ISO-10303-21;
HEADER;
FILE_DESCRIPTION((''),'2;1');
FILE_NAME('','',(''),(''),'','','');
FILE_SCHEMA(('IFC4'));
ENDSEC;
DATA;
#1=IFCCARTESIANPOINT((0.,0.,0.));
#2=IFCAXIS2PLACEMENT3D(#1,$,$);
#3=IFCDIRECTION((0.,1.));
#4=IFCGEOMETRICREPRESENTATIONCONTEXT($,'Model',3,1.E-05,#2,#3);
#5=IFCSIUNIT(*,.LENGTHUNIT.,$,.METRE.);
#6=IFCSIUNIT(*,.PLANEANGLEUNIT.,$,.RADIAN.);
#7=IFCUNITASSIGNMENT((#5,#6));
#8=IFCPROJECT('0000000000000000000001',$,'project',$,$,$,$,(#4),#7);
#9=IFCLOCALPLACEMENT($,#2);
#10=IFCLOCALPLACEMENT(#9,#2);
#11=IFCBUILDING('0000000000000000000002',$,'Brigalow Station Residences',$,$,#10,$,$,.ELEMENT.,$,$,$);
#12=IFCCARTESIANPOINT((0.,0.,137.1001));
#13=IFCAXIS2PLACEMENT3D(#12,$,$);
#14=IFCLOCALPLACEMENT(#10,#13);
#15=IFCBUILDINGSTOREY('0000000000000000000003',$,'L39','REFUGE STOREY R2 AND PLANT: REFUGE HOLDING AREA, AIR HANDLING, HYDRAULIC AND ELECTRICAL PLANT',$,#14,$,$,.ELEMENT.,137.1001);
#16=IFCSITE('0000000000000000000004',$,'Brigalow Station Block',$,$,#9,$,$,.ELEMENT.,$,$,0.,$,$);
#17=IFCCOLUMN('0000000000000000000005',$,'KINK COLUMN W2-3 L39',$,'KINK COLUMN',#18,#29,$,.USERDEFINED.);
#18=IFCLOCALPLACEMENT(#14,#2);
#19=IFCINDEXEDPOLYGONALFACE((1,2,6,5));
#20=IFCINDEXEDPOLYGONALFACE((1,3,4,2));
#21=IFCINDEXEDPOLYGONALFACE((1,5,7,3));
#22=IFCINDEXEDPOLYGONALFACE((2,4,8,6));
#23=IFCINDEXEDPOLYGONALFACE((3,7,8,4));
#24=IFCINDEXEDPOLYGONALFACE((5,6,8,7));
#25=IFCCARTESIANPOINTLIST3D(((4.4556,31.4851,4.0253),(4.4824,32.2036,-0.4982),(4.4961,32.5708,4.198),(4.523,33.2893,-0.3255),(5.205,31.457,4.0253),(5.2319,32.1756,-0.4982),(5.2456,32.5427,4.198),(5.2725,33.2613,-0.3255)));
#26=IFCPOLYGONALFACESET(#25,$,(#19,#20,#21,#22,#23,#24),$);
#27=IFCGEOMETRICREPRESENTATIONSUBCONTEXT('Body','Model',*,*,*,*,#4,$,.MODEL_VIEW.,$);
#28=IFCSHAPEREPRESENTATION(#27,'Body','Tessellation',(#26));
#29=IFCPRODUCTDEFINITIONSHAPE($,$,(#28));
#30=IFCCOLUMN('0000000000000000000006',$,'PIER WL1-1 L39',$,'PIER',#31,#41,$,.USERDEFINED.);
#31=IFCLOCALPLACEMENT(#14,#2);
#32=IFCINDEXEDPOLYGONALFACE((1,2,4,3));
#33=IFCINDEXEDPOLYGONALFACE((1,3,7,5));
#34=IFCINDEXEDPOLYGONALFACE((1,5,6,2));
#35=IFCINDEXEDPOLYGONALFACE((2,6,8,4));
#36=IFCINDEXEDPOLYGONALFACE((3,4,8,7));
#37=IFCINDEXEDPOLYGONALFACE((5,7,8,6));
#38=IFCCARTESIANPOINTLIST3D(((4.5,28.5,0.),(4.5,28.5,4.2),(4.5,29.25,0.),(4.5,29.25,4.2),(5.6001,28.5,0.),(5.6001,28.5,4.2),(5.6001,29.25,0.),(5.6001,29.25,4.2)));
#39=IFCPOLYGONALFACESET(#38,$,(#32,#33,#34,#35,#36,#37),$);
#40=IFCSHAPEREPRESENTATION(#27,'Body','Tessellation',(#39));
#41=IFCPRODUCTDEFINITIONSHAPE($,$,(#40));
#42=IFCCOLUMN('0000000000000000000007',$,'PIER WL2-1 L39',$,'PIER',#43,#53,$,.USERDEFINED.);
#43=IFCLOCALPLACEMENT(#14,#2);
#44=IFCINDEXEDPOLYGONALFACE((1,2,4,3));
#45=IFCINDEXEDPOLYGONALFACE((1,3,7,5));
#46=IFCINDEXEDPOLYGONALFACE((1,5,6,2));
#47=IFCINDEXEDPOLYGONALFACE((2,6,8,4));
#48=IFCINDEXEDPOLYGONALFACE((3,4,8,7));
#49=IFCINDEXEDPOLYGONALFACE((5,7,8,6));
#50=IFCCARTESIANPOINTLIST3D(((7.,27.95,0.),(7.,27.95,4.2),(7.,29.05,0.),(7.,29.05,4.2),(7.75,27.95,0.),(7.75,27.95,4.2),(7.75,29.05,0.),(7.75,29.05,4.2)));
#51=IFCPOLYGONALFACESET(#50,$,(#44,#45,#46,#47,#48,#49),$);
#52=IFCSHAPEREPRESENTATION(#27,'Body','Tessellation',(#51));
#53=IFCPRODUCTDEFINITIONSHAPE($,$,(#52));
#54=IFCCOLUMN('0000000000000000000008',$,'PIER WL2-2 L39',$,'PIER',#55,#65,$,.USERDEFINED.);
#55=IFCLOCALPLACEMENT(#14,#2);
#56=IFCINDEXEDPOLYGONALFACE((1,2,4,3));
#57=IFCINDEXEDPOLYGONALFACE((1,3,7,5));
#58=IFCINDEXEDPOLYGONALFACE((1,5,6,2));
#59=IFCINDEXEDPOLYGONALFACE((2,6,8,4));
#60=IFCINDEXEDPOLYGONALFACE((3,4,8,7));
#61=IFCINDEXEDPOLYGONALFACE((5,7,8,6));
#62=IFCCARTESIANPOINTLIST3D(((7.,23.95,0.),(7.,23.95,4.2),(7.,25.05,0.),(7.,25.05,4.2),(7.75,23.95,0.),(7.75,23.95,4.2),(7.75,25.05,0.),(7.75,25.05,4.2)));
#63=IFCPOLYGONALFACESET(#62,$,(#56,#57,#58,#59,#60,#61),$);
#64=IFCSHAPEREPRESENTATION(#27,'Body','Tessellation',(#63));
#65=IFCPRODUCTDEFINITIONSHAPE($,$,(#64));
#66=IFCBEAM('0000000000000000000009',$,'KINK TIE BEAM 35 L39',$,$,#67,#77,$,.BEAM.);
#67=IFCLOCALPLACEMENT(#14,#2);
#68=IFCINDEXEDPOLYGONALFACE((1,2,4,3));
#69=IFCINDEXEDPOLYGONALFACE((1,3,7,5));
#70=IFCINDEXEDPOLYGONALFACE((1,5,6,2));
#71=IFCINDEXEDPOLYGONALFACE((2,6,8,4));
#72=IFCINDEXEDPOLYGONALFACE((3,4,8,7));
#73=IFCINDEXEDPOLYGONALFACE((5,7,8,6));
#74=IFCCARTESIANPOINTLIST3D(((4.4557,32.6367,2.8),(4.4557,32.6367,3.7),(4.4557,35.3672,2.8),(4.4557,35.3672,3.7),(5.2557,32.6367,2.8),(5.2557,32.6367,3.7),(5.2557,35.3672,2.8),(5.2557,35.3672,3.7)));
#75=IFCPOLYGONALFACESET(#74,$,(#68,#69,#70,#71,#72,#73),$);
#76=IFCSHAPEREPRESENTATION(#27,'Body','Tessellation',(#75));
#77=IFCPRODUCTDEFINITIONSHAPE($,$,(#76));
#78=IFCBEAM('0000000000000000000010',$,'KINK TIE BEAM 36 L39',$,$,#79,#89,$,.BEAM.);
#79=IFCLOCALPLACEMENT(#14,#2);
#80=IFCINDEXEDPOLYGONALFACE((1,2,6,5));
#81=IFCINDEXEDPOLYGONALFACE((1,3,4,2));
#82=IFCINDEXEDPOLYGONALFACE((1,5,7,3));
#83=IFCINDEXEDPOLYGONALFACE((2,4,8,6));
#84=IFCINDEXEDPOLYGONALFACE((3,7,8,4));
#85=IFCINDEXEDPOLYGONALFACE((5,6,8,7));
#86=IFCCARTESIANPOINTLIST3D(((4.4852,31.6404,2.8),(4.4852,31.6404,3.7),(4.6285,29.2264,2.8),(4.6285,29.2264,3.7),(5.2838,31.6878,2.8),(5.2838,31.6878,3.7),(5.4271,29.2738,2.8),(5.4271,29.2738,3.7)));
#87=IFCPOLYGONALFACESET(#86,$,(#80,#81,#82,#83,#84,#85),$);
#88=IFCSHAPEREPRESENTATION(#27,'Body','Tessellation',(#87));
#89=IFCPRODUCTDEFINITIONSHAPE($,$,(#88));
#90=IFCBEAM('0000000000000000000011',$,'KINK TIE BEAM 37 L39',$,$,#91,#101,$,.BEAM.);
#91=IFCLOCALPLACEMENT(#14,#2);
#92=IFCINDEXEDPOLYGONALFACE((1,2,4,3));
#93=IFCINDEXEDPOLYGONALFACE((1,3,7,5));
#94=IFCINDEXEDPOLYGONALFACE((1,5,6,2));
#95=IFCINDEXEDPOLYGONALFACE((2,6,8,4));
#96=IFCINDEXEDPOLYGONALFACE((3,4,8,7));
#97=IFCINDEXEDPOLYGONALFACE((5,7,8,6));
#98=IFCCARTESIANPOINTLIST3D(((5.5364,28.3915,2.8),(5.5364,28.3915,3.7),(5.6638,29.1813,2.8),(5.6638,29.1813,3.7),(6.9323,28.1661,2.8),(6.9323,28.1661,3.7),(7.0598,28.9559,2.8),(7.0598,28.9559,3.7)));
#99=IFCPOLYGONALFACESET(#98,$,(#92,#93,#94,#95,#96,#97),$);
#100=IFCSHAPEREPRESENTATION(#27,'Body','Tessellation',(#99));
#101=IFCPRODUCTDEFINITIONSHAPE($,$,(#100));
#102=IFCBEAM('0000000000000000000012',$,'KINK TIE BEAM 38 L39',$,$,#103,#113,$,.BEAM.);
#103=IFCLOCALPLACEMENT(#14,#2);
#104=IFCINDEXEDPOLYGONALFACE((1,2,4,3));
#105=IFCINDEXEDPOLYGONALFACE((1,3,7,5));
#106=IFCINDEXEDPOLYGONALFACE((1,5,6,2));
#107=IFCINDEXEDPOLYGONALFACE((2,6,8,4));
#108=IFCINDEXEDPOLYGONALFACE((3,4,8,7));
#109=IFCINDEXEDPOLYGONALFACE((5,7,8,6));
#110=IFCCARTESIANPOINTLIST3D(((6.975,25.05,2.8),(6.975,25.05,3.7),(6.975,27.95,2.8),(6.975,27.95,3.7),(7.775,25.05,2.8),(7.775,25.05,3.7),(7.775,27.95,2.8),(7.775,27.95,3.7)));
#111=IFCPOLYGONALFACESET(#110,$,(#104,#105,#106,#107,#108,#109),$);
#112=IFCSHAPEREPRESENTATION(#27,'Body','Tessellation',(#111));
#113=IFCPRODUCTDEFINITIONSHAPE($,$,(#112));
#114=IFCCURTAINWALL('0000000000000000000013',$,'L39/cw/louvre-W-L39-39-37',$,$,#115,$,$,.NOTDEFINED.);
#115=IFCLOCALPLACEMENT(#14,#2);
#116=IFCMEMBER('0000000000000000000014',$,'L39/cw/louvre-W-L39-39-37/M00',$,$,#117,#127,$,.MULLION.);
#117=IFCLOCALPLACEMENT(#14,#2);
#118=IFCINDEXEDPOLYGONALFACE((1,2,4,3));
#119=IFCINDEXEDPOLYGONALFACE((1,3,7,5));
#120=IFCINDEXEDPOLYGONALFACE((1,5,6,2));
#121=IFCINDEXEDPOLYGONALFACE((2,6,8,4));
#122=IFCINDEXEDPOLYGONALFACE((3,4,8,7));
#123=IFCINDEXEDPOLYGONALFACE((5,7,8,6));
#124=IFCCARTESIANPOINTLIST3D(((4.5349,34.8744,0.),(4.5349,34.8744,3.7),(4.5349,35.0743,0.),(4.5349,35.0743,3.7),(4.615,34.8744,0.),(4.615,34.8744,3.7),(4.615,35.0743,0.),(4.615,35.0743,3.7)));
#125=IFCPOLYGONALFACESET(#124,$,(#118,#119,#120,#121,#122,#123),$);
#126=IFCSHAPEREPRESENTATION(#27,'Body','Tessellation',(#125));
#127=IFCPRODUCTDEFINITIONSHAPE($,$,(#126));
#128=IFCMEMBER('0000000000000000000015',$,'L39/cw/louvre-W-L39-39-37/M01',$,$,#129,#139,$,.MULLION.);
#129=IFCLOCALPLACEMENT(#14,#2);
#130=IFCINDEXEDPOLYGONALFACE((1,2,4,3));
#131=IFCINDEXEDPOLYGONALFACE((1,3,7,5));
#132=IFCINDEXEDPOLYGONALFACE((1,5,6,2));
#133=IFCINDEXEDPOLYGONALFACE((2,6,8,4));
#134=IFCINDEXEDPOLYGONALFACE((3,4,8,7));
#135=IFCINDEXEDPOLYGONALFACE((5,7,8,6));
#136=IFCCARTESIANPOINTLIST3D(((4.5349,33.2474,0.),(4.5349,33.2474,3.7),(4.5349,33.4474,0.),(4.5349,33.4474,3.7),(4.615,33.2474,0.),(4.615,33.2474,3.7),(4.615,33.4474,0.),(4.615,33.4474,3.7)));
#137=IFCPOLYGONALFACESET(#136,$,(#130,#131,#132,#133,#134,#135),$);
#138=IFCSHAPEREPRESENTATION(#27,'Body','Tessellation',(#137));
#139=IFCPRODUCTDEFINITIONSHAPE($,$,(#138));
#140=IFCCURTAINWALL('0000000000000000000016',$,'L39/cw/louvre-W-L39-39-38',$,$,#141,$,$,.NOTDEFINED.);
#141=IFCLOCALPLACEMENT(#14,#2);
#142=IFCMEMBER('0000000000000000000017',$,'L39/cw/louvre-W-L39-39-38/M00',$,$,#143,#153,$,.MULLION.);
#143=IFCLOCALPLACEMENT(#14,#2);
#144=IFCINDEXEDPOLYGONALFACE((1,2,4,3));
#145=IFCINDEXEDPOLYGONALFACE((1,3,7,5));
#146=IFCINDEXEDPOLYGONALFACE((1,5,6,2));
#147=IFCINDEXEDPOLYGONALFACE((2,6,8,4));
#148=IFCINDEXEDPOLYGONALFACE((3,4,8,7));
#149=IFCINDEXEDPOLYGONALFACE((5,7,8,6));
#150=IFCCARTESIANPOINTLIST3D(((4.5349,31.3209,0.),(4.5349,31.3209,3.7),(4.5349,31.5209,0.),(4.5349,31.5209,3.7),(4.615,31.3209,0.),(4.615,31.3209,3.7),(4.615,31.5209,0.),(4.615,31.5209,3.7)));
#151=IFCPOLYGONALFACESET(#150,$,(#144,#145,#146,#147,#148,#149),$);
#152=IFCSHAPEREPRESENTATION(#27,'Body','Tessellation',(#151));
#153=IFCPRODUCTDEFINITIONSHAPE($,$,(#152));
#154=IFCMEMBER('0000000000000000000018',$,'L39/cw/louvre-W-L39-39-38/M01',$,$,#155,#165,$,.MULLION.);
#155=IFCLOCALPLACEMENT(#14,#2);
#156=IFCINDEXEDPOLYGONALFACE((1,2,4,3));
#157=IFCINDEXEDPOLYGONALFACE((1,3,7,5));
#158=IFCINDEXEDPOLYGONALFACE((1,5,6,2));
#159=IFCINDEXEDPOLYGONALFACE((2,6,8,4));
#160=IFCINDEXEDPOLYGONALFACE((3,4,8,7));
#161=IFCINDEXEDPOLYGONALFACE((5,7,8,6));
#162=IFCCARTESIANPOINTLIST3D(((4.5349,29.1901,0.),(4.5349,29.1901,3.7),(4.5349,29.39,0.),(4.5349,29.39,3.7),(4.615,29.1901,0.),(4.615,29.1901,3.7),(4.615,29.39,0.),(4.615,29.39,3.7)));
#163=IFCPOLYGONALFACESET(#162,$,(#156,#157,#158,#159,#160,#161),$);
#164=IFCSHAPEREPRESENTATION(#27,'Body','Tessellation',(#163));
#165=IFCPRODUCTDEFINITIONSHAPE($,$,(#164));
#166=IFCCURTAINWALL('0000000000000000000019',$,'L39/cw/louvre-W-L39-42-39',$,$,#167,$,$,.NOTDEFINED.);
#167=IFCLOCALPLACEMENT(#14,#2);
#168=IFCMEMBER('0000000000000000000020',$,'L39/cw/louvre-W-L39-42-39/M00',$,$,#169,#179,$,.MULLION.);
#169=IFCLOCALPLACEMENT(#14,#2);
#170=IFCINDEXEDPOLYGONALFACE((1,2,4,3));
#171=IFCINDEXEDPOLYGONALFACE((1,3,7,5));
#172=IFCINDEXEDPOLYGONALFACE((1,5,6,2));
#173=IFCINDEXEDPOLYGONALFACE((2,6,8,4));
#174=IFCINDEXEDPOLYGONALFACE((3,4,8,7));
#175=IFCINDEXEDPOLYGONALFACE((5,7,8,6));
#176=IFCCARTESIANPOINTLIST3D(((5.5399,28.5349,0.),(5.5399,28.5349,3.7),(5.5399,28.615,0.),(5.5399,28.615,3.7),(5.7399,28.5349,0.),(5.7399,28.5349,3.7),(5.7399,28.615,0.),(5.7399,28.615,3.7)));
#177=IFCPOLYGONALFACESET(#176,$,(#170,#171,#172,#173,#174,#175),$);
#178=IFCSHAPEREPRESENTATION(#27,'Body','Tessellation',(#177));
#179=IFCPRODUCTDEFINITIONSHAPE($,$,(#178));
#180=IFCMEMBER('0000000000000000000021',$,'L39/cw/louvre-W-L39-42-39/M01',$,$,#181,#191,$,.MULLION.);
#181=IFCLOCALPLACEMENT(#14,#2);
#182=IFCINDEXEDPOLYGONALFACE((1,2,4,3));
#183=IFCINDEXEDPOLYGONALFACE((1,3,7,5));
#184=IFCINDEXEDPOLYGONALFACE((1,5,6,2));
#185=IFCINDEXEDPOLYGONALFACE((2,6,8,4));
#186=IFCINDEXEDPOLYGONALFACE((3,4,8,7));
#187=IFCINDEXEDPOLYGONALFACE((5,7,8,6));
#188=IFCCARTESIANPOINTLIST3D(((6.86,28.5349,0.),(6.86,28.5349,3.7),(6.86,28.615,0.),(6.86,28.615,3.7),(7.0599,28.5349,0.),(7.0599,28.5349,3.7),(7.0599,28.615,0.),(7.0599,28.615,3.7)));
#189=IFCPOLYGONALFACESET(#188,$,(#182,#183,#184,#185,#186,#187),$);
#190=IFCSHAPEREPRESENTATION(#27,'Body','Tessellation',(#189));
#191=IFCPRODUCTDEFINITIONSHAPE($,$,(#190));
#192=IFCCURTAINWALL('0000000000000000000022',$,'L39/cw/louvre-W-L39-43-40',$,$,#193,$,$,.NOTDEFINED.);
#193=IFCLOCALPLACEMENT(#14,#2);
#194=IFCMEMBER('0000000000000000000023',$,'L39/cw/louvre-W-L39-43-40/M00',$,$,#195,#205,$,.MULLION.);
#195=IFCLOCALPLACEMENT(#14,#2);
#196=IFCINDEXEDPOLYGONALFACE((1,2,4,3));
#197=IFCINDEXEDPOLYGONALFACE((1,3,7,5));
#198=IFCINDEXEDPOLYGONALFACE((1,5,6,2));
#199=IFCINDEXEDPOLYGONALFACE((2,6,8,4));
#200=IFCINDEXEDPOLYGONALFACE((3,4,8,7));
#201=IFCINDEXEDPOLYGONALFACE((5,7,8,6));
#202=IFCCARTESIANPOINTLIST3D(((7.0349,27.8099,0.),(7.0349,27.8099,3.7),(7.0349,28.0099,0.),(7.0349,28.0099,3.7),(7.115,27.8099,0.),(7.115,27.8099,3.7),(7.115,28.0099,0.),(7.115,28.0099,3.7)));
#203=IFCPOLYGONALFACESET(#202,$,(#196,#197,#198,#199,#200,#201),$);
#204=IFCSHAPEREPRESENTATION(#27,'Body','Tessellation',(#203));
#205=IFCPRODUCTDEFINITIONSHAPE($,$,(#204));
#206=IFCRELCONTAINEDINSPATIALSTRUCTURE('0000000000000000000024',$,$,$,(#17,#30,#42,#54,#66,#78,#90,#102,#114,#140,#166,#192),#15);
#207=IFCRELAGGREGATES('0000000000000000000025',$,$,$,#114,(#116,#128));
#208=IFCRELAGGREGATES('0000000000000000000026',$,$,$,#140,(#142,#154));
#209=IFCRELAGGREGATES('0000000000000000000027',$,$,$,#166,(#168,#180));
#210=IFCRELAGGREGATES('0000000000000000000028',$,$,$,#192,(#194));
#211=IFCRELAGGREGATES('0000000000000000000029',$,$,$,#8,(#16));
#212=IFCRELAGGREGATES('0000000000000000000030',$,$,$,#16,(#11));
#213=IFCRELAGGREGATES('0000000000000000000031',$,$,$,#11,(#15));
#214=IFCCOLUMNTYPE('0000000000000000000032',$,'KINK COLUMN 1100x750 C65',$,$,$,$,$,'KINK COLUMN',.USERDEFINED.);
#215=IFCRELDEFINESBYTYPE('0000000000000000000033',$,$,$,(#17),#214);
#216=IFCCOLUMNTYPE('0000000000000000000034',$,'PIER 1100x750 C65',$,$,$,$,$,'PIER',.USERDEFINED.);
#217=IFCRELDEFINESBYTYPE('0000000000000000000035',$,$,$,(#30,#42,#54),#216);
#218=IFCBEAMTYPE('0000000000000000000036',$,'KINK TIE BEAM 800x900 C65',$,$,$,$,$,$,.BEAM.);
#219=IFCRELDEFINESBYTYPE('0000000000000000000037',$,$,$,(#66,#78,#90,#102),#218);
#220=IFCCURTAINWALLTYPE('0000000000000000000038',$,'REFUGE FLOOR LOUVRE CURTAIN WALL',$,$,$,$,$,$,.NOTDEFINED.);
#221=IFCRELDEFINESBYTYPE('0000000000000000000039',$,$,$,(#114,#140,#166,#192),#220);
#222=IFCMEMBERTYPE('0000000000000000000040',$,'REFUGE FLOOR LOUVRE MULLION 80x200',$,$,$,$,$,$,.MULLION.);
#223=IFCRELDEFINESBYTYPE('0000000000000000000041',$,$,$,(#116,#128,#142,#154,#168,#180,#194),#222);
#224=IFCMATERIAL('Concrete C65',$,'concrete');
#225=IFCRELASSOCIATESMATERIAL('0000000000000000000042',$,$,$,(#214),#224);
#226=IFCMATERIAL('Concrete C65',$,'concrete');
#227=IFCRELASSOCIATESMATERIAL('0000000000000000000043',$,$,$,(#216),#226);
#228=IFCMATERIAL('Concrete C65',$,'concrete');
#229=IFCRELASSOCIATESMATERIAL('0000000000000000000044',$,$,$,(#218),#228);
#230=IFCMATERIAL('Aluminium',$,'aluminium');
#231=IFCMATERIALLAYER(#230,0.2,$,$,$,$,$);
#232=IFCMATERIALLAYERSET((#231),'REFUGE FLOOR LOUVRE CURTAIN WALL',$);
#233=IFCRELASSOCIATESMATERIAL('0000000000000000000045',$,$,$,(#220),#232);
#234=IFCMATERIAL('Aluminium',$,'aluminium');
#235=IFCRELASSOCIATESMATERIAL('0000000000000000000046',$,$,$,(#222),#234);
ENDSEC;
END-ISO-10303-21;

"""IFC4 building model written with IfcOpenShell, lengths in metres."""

from ifc_helpers import new_model, si_unit, direction, frame, origin, origin_2d, place, context, subcontext, project, spatial, rectangle, extrude, material, layer, layer_set, material_profile, profile_set, type_object, element, aggregate, save


model = new_model("IFC4")

# Units and contexts
model_context = context("Model", 3, precision=1e-05, world=origin(), true_north=direction((0.0, 1.0)))
body_context = subcontext(model_context, "Body", "Model", "MODEL_VIEW")
ifc_project = project(units=[si_unit("LENGTHUNIT", "METRE"), si_unit("PLANEANGLEUNIT", "RADIAN")], contexts=[model_context])

# Site, building, storey
site_placement = place(None, origin())
site = spatial("IfcSite", under=ifc_project, at=site_placement, Name="Brigalow Station Block", CompositionType="ELEMENT", RefElevation=0.0)
building_placement = place(site_placement, origin())
building = spatial("IfcBuilding", under=site, at=building_placement, Name="Brigalow Station Residences", CompositionType="ELEMENT")
storey_placement = place(building_placement, frame((0.0, 0.0, 137.1001)))
storey = spatial("IfcBuildingStorey", under=building, at=storey_placement, Name="L39", Description="REFUGE STOREY R2 AND PLANT: REFUGE HOLDING AREA, AIR HANDLING, HYDRAULIC AND ELECTRICAL PLANT", CompositionType="ELEMENT", Elevation=137.1001)

# Columns
ifc_material_1 = material(Name="Concrete C65", Category="concrete")
ifc_material_profile_1 = material_profile(ifc_material_1, rectangle(XDim=1.1001, YDim=0.75, at=origin_2d()), Name="RC1100x750")
ifc_profile_set_1 = profile_set([ifc_material_profile_1], Name="Concrete C65")
column_type_1 = type_object("IfcColumnType", Name="KINK COLUMN 1100x750 C65", ElementType="KINK COLUMN", PredefinedType="USERDEFINED", material=ifc_profile_set_1)
column_placement = place(storey_placement, frame((4.8774, 32.7324, -0.4119), z_axis=(-0.005863, -0.156871, 0.987602), x_axis=(0.036888, 0.986913, 0.156981)))
element("IfcColumn", 1, at=column_placement, inside=storey, type_object=column_type_1, Name="KINK COLUMN W2-3 L39", ObjectType="KINK COLUMN", PredefinedType="USERDEFINED", context=body_context, shape_type="SweptSolid", body=[
    extrude(rectangle(XDim=1.1001, YDim=0.75, at=origin_2d()), origin(), (0.0, 0.0, 1.0), 4.5803),
])
ifc_material_2 = material(Name="Concrete C65", Category="concrete")
ifc_material_profile_2 = material_profile(ifc_material_2, rectangle(XDim=1.1001, YDim=0.75, at=origin_2d()), Name="RC1100x750")
ifc_profile_set_2 = profile_set([ifc_material_profile_2], Name="Concrete C65")
column_type_2 = type_object("IfcColumnType", Name="PIER 1100x750 C65", ElementType="PIER", PredefinedType="USERDEFINED", material=ifc_profile_set_2)
for number, where, z_axis, x_axis, name in (
    (2, (5.05, 28.875, 0.0), (0.0, 0.0, 1.0), (1.0, 0.0, 0.0), "PIER WL1-1 L39"),
    (3, (7.375, 28.5, 0.0), (0.0, 0.0, 1.0), (0.0, -1.0, 0.0), "PIER WL2-1 L39"),
    (4, (7.375, 24.5, 0.0), (0.0, 0.0, 1.0), (0.0, -1.0, 0.0), "PIER WL2-2 L39"),
):
    element("IfcColumn", number, at=place(storey_placement, frame(where, z_axis=z_axis, x_axis=x_axis)), inside=storey, type_object=column_type_2, Name=name, ObjectType="PIER", PredefinedType="USERDEFINED", context=body_context, shape_type="SweptSolid", body=[
        extrude(rectangle(XDim=1.1001, YDim=0.75, at=origin_2d()), origin(), (0.0, 0.0, 1.0), 4.2),
    ])

# Beams
ifc_material_3 = material(Name="Concrete C65", Category="concrete")
ifc_material_profile_3 = material_profile(ifc_material_3, rectangle(XDim=0.8, YDim=0.8999, at=origin_2d()), Name="RC800x900")
ifc_profile_set_3 = profile_set([ifc_material_profile_3], Name="Concrete C65")
beam_type = type_object("IfcBeamType", Name="KINK TIE BEAM 800x900 C65", PredefinedType="BEAM", material=ifc_profile_set_3)
beam_1_placement = place(storey_placement, frame((4.8557, 35.3672, 3.25), z_axis=(0.0, -1.0, 0.0), x_axis=(1.0, 0.0, 0.0)))
element("IfcBeam", 5, at=beam_1_placement, inside=storey, type_object=beam_type, Name="KINK TIE BEAM 35 L39", PredefinedType="BEAM", context=body_context, shape_type="SweptSolid", body=[
    extrude(rectangle(XDim=0.8, YDim=0.8999, at=origin_2d()), origin(), (0.0, 0.0, 1.0), 2.7305),
])
beam_2_placement = place(storey_placement, frame((4.8845, 31.6641, 3.25), z_axis=(0.059261, -0.998243, 0.0), x_axis=(0.998243, 0.059261, 0.0)))
element("IfcBeam", 6, at=beam_2_placement, inside=storey, type_object=beam_type, Name="KINK TIE BEAM 36 L39", PredefinedType="BEAM", context=body_context, shape_type="SweptSolid", body=[
    extrude(rectangle(XDim=0.8, YDim=0.8999, at=origin_2d()), origin(), (0.0, 0.0, 1.0), 2.4182),
])
beam_3_placement = place(storey_placement, frame((5.6001, 28.7864, 3.25), z_axis=(0.987221, -0.159357, 0.0), x_axis=(0.159357, 0.987221, 0.0)))
element("IfcBeam", 7, at=beam_3_placement, inside=storey, type_object=beam_type, Name="KINK TIE BEAM 37 L39", PredefinedType="BEAM", context=body_context, shape_type="SweptSolid", body=[
    extrude(rectangle(XDim=0.8, YDim=0.8999, at=origin_2d()), origin(), (0.0, 0.0, 1.0), 1.4141),
])
beam_4_placement = place(storey_placement, frame((7.375, 27.95, 3.25), z_axis=(0.0, -1.0, 0.0), x_axis=(1.0, 0.0, 0.0)))
element("IfcBeam", 8, at=beam_4_placement, inside=storey, type_object=beam_type, Name="KINK TIE BEAM 38 L39", PredefinedType="BEAM", context=body_context, shape_type="SweptSolid", body=[
    extrude(rectangle(XDim=0.8, YDim=0.8999, at=origin_2d()), origin(), (0.0, 0.0, 1.0), 2.8999),
])

# Curtain walls, members
ifc_material_4 = material(Name="Aluminium", Category="aluminium")
ifc_layer_1 = layer(ifc_material_4, 0.2)
ifc_layer_set_1 = layer_set([ifc_layer_1], Name="REFUGE FLOOR LOUVRE CURTAIN WALL")
curtain_wall_type = type_object("IfcCurtainWallType", Name="REFUGE FLOOR LOUVRE CURTAIN WALL", PredefinedType="NOTDEFINED", material=ifc_layer_set_1)
curtain_wall_1_placement = place(storey_placement, origin())
curtain_wall_1 = element("IfcCurtainWall", 9, at=curtain_wall_1_placement, inside=storey, type_object=curtain_wall_type, Name="L39/cw/louvre-W-L39-39-37", PredefinedType="NOTDEFINED")
ifc_material_5 = material(Name="Aluminium", Category="aluminium")
ifc_material_profile_4 = material_profile(ifc_material_5, rectangle(XDim=0.0801, YDim=0.2, at=origin_2d()), Name="REFUGE FLOOR LOUVRE MULLION 80x200")
ifc_profile_set_4 = profile_set([ifc_material_profile_4], Name="Aluminium")
member_type_1 = type_object("IfcMemberType", Name="REFUGE FLOOR LOUVRE MULLION 80x200", PredefinedType="MULLION", material=ifc_profile_set_4)
member_1_placement = place(storey_placement, frame((4.575, 34.9744, 0.0), z_axis=(0.0, 0.0, 1.0), x_axis=(1.0, 0.0, 0.0)))
member_1 = element("IfcMember", 10, at=member_1_placement, type_object=member_type_1, Name="L39/cw/louvre-W-L39-39-37/M00", PredefinedType="MULLION", context=body_context, shape_type="SweptSolid", body=[
    extrude(rectangle(XDim=0.0801, YDim=0.2, at=origin_2d()), origin(), (0.0, 0.0, 1.0), 3.7),
])
member_2_placement = place(storey_placement, frame((4.575, 33.3474, 0.0), z_axis=(0.0, 0.0, 1.0), x_axis=(1.0, 0.0, 0.0)))
member_2 = element("IfcMember", 11, at=member_2_placement, type_object=member_type_1, Name="L39/cw/louvre-W-L39-39-37/M01", PredefinedType="MULLION", context=body_context, shape_type="SweptSolid", body=[
    extrude(rectangle(XDim=0.0801, YDim=0.2, at=origin_2d()), origin(), (0.0, 0.0, 1.0), 3.7),
])
curtain_wall_2_placement = place(storey_placement, origin())
curtain_wall_2 = element("IfcCurtainWall", 12, at=curtain_wall_2_placement, inside=storey, type_object=curtain_wall_type, Name="L39/cw/louvre-W-L39-39-38", PredefinedType="NOTDEFINED")
member_3_placement = place(storey_placement, frame((4.575, 31.4209, 0.0), z_axis=(0.0, 0.0, 1.0), x_axis=(1.0, 0.0, 0.0)))
member_3 = element("IfcMember", 13, at=member_3_placement, type_object=member_type_1, Name="L39/cw/louvre-W-L39-39-38/M00", PredefinedType="MULLION", context=body_context, shape_type="SweptSolid", body=[
    extrude(rectangle(XDim=0.0801, YDim=0.2, at=origin_2d()), origin(), (0.0, 0.0, 1.0), 3.7),
])
member_4_placement = place(storey_placement, frame((4.575, 29.29, 0.0), z_axis=(0.0, 0.0, 1.0), x_axis=(1.0, 0.0, 0.0)))
member_4 = element("IfcMember", 14, at=member_4_placement, type_object=member_type_1, Name="L39/cw/louvre-W-L39-39-38/M01", PredefinedType="MULLION", context=body_context, shape_type="SweptSolid", body=[
    extrude(rectangle(XDim=0.0801, YDim=0.2, at=origin_2d()), origin(), (0.0, 0.0, 1.0), 3.7),
])
curtain_wall_3_placement = place(storey_placement, origin())
curtain_wall_3 = element("IfcCurtainWall", 15, at=curtain_wall_3_placement, inside=storey, type_object=curtain_wall_type, Name="L39/cw/louvre-W-L39-42-39", PredefinedType="NOTDEFINED")
member_5_placement = place(storey_placement, frame((5.6399, 28.575, 0.0), z_axis=(0.0, 0.0, 1.0), x_axis=(0.0, 1.0, 0.0)))
member_5 = element("IfcMember", 16, at=member_5_placement, type_object=member_type_1, Name="L39/cw/louvre-W-L39-42-39/M00", PredefinedType="MULLION", context=body_context, shape_type="SweptSolid", body=[
    extrude(rectangle(XDim=0.0801, YDim=0.2, at=origin_2d()), origin(), (0.0, 0.0, 1.0), 3.7),
])
member_6_placement = place(storey_placement, frame((6.96, 28.575, 0.0), z_axis=(0.0, 0.0, 1.0), x_axis=(0.0, 1.0, 0.0)))
member_6 = element("IfcMember", 17, at=member_6_placement, type_object=member_type_1, Name="L39/cw/louvre-W-L39-42-39/M01", PredefinedType="MULLION", context=body_context, shape_type="SweptSolid", body=[
    extrude(rectangle(XDim=0.0801, YDim=0.2, at=origin_2d()), origin(), (0.0, 0.0, 1.0), 3.7),
])
curtain_wall_4_placement = place(storey_placement, origin())
curtain_wall_4 = element("IfcCurtainWall", 18, at=curtain_wall_4_placement, inside=storey, type_object=curtain_wall_type, Name="L39/cw/louvre-W-L39-43-40", PredefinedType="NOTDEFINED")
member_7_placement = place(storey_placement, frame((7.075, 27.9099, 0.0), z_axis=(0.0, 0.0, 1.0), x_axis=(1.0, 0.0, 0.0)))
member_7 = element("IfcMember", 19, at=member_7_placement, type_object=member_type_1, Name="L39/cw/louvre-W-L39-43-40/M00", PredefinedType="MULLION", context=body_context, shape_type="SweptSolid", body=[
    extrude(rectangle(XDim=0.0801, YDim=0.2, at=origin_2d()), origin(), (0.0, 0.0, 1.0), 3.7),
])

aggregate(curtain_wall_1, [member_1, member_2])
aggregate(curtain_wall_2, [member_3, member_4])
aggregate(curtain_wall_3, [member_5, member_6])
aggregate(curtain_wall_4, [member_7])

save(model, "model.ifc")
